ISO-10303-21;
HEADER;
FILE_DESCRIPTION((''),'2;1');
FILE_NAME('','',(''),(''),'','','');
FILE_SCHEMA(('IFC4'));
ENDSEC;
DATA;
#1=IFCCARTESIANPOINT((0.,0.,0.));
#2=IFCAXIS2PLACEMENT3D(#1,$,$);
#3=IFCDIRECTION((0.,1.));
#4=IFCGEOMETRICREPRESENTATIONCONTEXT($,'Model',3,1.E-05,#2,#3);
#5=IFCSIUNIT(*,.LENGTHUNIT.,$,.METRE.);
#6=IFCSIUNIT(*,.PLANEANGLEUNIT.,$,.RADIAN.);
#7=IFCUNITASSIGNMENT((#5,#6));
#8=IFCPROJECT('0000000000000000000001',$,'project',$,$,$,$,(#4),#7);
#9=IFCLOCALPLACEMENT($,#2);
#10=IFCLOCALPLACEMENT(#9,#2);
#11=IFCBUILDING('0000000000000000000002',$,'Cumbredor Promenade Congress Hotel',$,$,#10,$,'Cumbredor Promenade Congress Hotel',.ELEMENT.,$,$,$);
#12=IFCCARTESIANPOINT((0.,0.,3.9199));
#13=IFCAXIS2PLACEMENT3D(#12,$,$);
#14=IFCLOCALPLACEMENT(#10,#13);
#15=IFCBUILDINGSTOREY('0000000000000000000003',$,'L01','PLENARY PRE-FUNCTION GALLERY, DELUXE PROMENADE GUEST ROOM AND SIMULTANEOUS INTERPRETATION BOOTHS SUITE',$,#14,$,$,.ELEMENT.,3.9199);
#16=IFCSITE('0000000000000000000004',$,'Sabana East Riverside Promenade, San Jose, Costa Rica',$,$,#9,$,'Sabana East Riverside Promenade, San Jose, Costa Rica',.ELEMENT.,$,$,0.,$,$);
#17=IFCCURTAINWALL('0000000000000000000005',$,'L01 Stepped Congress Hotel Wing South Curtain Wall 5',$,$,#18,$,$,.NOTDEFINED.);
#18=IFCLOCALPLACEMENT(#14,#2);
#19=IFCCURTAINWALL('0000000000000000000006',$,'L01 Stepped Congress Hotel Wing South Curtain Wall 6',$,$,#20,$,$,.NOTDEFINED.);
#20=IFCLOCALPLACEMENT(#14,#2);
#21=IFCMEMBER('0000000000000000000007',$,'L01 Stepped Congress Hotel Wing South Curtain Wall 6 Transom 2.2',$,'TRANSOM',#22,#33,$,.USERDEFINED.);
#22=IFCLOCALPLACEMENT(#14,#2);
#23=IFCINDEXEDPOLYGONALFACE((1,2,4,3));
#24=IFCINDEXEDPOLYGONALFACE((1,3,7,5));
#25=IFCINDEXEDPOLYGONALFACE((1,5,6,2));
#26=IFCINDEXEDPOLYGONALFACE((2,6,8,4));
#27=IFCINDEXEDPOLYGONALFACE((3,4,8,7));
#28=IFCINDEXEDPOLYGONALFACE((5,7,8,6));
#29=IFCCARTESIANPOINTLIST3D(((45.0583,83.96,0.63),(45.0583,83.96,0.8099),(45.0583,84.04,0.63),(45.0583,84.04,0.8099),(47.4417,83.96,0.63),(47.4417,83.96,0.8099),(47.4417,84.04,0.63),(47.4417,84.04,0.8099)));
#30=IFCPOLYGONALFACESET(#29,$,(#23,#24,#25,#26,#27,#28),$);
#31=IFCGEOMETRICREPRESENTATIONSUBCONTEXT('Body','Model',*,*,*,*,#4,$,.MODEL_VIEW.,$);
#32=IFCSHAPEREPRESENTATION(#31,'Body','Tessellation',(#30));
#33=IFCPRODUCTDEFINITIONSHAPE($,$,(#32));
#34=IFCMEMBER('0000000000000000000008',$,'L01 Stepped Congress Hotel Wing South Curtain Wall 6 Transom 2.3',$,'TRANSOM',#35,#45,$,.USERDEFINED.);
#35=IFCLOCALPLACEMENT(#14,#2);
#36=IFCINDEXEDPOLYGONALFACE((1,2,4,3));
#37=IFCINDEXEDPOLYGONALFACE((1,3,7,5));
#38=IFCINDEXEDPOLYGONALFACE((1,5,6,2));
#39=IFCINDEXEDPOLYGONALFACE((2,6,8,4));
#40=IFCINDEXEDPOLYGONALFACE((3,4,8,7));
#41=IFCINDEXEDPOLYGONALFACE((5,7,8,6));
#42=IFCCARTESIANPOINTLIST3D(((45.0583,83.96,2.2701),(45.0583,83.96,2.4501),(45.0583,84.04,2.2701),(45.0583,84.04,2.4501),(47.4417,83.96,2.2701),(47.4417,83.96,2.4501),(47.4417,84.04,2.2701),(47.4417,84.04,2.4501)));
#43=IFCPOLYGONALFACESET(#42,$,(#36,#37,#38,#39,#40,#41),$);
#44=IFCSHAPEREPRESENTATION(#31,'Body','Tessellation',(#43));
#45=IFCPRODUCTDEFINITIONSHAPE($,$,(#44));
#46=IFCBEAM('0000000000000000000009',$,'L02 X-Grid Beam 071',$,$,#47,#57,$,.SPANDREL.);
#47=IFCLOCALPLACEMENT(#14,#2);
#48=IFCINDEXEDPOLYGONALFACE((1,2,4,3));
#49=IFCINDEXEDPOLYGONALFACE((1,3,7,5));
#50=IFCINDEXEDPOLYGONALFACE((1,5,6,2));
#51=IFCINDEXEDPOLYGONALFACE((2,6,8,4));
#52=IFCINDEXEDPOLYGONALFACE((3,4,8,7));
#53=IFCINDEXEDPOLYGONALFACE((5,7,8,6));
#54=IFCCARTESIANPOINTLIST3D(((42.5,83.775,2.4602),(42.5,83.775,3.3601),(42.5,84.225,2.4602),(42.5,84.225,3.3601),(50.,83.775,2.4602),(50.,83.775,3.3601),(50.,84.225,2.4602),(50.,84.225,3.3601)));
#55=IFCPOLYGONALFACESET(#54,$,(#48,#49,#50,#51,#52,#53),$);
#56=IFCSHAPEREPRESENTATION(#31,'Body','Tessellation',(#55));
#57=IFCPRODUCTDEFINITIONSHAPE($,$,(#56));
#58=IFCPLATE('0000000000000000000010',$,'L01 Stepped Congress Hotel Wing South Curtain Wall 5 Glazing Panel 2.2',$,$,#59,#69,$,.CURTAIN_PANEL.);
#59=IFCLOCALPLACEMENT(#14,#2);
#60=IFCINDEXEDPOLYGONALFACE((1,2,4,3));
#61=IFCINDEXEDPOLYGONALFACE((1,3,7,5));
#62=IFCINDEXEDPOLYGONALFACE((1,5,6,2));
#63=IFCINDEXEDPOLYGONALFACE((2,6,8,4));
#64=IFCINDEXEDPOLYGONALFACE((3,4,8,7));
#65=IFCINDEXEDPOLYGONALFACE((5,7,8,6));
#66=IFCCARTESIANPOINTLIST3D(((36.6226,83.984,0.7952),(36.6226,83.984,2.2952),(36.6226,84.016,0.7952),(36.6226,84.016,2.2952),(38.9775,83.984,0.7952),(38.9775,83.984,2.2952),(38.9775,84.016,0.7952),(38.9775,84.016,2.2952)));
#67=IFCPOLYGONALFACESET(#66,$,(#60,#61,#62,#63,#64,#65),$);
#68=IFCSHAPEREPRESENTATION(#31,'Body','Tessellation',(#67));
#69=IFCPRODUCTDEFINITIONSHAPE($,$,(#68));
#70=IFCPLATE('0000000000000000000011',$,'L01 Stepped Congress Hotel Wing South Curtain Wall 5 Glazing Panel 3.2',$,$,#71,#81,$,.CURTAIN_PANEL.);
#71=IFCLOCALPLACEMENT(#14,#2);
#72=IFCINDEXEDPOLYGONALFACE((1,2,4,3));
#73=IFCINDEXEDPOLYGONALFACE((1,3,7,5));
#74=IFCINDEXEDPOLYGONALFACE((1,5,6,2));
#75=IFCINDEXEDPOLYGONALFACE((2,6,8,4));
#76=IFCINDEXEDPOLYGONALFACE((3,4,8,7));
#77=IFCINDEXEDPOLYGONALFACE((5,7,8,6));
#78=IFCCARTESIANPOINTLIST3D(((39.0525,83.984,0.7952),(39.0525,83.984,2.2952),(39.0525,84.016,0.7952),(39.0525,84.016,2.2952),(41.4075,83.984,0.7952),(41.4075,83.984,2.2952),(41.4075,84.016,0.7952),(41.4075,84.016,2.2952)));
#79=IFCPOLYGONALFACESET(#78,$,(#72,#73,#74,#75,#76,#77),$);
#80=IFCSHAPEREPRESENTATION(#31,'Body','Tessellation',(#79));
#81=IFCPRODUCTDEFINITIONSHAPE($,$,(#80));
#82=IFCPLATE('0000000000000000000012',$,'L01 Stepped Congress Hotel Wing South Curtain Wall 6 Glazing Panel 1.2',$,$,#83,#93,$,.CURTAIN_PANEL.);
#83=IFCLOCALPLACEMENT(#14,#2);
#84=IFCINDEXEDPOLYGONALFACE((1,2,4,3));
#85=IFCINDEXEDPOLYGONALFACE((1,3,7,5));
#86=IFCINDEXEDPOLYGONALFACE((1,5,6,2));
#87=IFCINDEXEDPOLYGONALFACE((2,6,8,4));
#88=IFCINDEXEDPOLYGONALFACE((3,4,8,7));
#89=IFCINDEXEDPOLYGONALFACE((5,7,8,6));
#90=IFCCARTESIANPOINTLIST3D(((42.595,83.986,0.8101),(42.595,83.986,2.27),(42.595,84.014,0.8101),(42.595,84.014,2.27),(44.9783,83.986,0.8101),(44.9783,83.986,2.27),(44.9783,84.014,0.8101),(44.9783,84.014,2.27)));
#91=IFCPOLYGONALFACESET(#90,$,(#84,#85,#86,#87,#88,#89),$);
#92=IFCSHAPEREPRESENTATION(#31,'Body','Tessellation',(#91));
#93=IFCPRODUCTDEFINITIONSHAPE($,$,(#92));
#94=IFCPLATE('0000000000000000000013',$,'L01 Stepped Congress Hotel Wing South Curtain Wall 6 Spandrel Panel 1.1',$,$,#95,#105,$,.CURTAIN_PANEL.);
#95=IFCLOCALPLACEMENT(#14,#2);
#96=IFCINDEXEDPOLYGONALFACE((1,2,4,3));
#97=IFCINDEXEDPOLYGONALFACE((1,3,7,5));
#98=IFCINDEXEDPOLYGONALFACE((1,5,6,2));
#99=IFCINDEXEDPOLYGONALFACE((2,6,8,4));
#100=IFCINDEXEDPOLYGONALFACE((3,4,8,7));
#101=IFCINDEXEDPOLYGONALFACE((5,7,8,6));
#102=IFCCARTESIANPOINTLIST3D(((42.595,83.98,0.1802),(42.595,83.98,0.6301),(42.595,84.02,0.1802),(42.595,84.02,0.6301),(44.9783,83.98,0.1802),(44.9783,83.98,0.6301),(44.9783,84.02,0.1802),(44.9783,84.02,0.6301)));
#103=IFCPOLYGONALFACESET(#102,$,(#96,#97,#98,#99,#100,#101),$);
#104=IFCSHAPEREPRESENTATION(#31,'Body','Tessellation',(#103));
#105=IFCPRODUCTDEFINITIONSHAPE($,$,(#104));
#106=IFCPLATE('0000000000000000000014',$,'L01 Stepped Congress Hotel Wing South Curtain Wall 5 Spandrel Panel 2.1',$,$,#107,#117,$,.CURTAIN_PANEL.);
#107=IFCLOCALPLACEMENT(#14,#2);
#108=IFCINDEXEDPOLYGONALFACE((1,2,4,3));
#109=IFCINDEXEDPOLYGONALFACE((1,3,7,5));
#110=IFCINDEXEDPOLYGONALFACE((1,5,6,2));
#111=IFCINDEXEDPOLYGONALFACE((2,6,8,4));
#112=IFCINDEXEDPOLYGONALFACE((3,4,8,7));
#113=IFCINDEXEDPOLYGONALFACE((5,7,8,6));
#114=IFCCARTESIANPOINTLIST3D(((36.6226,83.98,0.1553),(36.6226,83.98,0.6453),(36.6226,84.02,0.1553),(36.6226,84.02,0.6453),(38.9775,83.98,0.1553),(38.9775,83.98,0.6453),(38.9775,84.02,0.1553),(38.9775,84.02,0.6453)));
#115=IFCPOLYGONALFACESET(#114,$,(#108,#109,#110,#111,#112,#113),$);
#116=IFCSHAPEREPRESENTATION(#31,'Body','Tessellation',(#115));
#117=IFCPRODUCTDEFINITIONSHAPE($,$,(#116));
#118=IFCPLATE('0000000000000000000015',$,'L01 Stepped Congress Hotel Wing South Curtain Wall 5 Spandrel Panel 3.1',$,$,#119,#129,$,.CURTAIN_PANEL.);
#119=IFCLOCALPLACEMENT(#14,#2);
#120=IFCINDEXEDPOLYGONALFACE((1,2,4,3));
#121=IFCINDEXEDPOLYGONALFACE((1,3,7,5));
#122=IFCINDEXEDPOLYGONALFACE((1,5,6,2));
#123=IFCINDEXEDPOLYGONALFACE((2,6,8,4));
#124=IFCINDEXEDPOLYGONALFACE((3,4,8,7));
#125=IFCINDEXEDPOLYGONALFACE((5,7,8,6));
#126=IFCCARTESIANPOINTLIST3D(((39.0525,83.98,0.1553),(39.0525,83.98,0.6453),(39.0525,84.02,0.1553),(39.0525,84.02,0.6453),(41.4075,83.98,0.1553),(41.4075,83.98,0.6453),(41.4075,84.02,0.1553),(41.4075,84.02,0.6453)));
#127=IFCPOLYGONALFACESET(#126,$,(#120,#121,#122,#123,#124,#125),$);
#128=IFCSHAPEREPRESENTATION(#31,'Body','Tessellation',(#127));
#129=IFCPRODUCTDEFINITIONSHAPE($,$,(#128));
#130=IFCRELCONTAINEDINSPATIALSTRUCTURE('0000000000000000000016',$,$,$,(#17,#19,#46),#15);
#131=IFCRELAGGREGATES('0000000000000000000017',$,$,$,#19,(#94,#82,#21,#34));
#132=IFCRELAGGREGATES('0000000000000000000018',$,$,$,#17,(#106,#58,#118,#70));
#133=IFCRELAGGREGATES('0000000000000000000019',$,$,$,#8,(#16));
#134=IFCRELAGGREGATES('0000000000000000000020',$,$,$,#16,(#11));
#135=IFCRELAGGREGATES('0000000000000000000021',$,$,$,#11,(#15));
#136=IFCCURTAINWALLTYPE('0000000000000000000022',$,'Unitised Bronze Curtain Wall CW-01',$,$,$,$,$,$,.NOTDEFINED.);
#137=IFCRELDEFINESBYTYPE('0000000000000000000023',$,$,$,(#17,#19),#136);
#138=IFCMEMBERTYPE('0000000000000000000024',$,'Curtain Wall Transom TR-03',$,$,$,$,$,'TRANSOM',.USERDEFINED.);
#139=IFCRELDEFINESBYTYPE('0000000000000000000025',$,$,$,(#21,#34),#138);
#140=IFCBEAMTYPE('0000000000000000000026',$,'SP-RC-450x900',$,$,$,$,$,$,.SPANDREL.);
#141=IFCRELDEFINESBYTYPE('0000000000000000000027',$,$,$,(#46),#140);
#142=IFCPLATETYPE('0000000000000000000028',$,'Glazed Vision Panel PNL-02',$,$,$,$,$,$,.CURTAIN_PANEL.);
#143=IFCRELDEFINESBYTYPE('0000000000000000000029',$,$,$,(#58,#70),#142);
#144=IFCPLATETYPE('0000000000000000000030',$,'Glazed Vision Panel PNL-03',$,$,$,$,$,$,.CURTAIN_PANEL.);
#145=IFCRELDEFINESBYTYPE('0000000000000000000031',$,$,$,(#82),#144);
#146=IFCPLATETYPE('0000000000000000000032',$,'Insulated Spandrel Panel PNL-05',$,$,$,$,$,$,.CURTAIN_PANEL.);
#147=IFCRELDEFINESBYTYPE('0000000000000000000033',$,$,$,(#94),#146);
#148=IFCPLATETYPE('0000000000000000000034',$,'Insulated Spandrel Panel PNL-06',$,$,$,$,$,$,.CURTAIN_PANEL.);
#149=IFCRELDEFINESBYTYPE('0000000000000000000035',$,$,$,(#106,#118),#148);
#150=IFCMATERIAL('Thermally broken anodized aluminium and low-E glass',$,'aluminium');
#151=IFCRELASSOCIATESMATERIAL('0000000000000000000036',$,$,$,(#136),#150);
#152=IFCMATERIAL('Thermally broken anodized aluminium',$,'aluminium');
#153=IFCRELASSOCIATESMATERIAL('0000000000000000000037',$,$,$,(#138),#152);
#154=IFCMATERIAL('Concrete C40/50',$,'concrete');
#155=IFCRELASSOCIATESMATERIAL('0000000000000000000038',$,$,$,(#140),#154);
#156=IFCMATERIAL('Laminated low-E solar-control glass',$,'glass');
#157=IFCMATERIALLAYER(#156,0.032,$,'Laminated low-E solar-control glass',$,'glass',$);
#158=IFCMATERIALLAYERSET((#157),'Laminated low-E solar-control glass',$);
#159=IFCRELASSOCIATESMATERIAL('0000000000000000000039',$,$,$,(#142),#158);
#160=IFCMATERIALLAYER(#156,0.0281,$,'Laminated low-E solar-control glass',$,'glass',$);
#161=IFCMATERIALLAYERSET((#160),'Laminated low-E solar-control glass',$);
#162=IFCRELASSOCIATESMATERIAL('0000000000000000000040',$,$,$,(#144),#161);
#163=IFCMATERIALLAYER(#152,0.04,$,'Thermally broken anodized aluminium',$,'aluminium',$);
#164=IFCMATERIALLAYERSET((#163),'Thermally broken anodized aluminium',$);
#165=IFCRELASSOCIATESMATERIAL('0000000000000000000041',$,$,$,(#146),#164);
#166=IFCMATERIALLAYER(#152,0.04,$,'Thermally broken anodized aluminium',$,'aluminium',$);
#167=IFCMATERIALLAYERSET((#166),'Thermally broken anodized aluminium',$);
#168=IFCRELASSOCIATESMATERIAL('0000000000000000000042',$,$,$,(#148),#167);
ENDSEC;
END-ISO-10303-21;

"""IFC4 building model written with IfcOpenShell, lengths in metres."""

from ifc_helpers import new_model, si_unit, direction, frame, origin, origin_2d, place, context, subcontext, project, spatial, rectangle, extrude, material, layer, layer_set, material_profile, profile_set, type_object, element, aggregate, save


model = new_model("IFC4")

# Units and contexts
model_context = context("Model", 3, precision=1e-05, world=origin(), true_north=direction((0.0, 1.0)))
body_context = subcontext(model_context, "Body", "Model", "MODEL_VIEW")
ifc_project = project(units=[si_unit("LENGTHUNIT", "METRE"), si_unit("PLANEANGLEUNIT", "RADIAN")], contexts=[model_context])

# Site, building, storey
site_placement = place(None, origin())
site = spatial("IfcSite", under=ifc_project, at=site_placement, Name="Sabana East Riverside Promenade, San Jose, Costa Rica", LongName="Sabana East Riverside Promenade, San Jose, Costa Rica", CompositionType="ELEMENT", RefElevation=0.0)
building_placement = place(site_placement, origin())
building = spatial("IfcBuilding", under=site, at=building_placement, Name="Cumbredor Promenade Congress Hotel", LongName="Cumbredor Promenade Congress Hotel", CompositionType="ELEMENT")
storey_placement = place(building_placement, frame((0.0, 0.0, 3.9199)))
storey = spatial("IfcBuildingStorey", under=building, at=storey_placement, Name="L01", Description="PLENARY PRE-FUNCTION GALLERY, DELUXE PROMENADE GUEST ROOM AND SIMULTANEOUS INTERPRETATION BOOTHS SUITE", CompositionType="ELEMENT", Elevation=3.9199)

# Curtain walls
ifc_material_1 = material(Name="Thermally broken anodized aluminium and low-E glass", Category="aluminium")
curtain_wall_type = type_object("IfcCurtainWallType", Name="Unitised Bronze Curtain Wall CW-01", PredefinedType="NOTDEFINED", material=ifc_material_1)
curtain_wall_1_placement = place(storey_placement, origin())
curtain_wall_1 = element("IfcCurtainWall", 1, at=curtain_wall_1_placement, inside=storey, type_object=curtain_wall_type, Name="L01 Stepped Congress Hotel Wing South Curtain Wall 5", PredefinedType="NOTDEFINED")
ifc_material_2 = material(Name="Thermally broken anodized aluminium", Category="aluminium")
curtain_wall_2_placement = place(storey_placement, origin())
curtain_wall_2 = element("IfcCurtainWall", 2, at=curtain_wall_2_placement, inside=storey, type_object=curtain_wall_type, Name="L01 Stepped Congress Hotel Wing South Curtain Wall 6", PredefinedType="NOTDEFINED")

# Members
ifc_material_profile_1 = material_profile(ifc_material_2, rectangle(XDim=0.0801, YDim=0.1799, at=origin_2d()), Name="ALU TRANSOM 80x180")
ifc_profile_set_1 = profile_set([ifc_material_profile_1], Name="Thermally broken anodized aluminium")
member_type_1 = type_object("IfcMemberType", Name="Curtain Wall Transom TR-03", ElementType="TRANSOM", PredefinedType="USERDEFINED", material=ifc_profile_set_1)
member_1_placement = place(storey_placement, frame((45.0583, 84.0, 0.72), z_axis=(1.0, 0.0, 0.0), x_axis=(0.0, 1.0, 0.0)))
member_1 = element("IfcMember", 3, at=member_1_placement, type_object=member_type_1, Name="L01 Stepped Congress Hotel Wing South Curtain Wall 6 Transom 2.2", ObjectType="TRANSOM", PredefinedType="USERDEFINED", context=body_context, shape_type="SweptSolid", body=[
    extrude(rectangle(XDim=0.0801, YDim=0.1799, at=origin_2d()), origin(), (0.0, 0.0, 1.0), 2.3833),
])
member_2_placement = place(storey_placement, frame((45.0583, 84.0, 2.3601), z_axis=(1.0, 0.0, 0.0), x_axis=(0.0, 1.0, 0.0)))
member_2 = element("IfcMember", 4, at=member_2_placement, type_object=member_type_1, Name="L01 Stepped Congress Hotel Wing South Curtain Wall 6 Transom 2.3", ObjectType="TRANSOM", PredefinedType="USERDEFINED", context=body_context, shape_type="SweptSolid", body=[
    extrude(rectangle(XDim=0.0801, YDim=0.1799, at=origin_2d()), origin(), (0.0, 0.0, 1.0), 2.3833),
])

# Beam
ifc_material_3 = material(Name="Concrete C40/50", Category="concrete")
ifc_material_profile_2 = material_profile(ifc_material_3, rectangle(XDim=0.45, YDim=0.8999, at=origin_2d()), Name="RC SPANDREL 450x900")
ifc_profile_set_2 = profile_set([ifc_material_profile_2], Name="Concrete C40/50")
beam_type = type_object("IfcBeamType", Name="SP-RC-450x900", PredefinedType="SPANDREL", material=ifc_profile_set_2)
beam_placement = place(storey_placement, frame((42.5, 84.0, 2.9102), z_axis=(1.0, 0.0, 0.0), x_axis=(0.0, 1.0, 0.0)))
element("IfcBeam", 5, at=beam_placement, inside=storey, type_object=beam_type, Name="L02 X-Grid Beam 071", PredefinedType="SPANDREL", context=body_context, shape_type="SweptSolid", body=[
    extrude(rectangle(XDim=0.45, YDim=0.8999, at=origin_2d()), origin(), (0.0, 0.0, 1.0), 7.5),
])

# Plates
ifc_material_4 = material(Name="Laminated low-E solar-control glass", Category="glass")
ifc_layer_1 = layer(ifc_material_4, 0.032, Name="Laminated low-E solar-control glass", Category="glass")
ifc_layer_set_1 = layer_set([ifc_layer_1], Name="Laminated low-E solar-control glass")
plate_type_1 = type_object("IfcPlateType", Name="Glazed Vision Panel PNL-02", PredefinedType="CURTAIN_PANEL", material=ifc_layer_set_1)
plate_1_placement = place(storey_placement, frame((37.8, 84.0, 0.7952), z_axis=(0.0, 0.0, 1.0), x_axis=(1.0, 0.0, 0.0)))
plate_1 = element("IfcPlate", 6, at=plate_1_placement, type_object=plate_type_1, Name="L01 Stepped Congress Hotel Wing South Curtain Wall 5 Glazing Panel 2.2", PredefinedType="CURTAIN_PANEL", context=body_context, shape_type="SweptSolid", body=[
    extrude(rectangle(XDim=2.355, YDim=0.032, at=origin_2d()), origin(), (0.0, 0.0, 1.0), 1.5),
])
plate_2_placement = place(storey_placement, frame((40.23, 84.0, 0.7952), z_axis=(0.0, 0.0, 1.0), x_axis=(1.0, 0.0, 0.0)))
plate_2 = element("IfcPlate", 7, at=plate_2_placement, type_object=plate_type_1, Name="L01 Stepped Congress Hotel Wing South Curtain Wall 5 Glazing Panel 3.2", PredefinedType="CURTAIN_PANEL", context=body_context, shape_type="SweptSolid", body=[
    extrude(rectangle(XDim=2.355, YDim=0.032, at=origin_2d()), origin(), (0.0, 0.0, 1.0), 1.5),
])
ifc_layer_2 = layer(ifc_material_4, 0.0281, Name="Laminated low-E solar-control glass", Category="glass")
ifc_layer_set_2 = layer_set([ifc_layer_2], Name="Laminated low-E solar-control glass")
plate_type_2 = type_object("IfcPlateType", Name="Glazed Vision Panel PNL-03", PredefinedType="CURTAIN_PANEL", material=ifc_layer_set_2)
plate_3_placement = place(storey_placement, frame((43.7866, 84.0, 0.8101), z_axis=(0.0, 0.0, 1.0), x_axis=(1.0, 0.0, 0.0)))
plate_3 = element("IfcPlate", 8, at=plate_3_placement, type_object=plate_type_2, Name="L01 Stepped Congress Hotel Wing South Curtain Wall 6 Glazing Panel 1.2", PredefinedType="CURTAIN_PANEL", context=body_context, shape_type="SweptSolid", body=[
    extrude(rectangle(XDim=2.3833, YDim=0.0281, at=origin_2d()), origin(), (0.0, 0.0, 1.0), 1.46),
])
ifc_layer_3 = layer(ifc_material_2, 0.04, Name="Thermally broken anodized aluminium", Category="aluminium")
ifc_layer_set_3 = layer_set([ifc_layer_3], Name="Thermally broken anodized aluminium")
plate_type_3 = type_object("IfcPlateType", Name="Insulated Spandrel Panel PNL-05", PredefinedType="CURTAIN_PANEL", material=ifc_layer_set_3)
plate_4_placement = place(storey_placement, frame((43.7866, 84.0, 0.1802), z_axis=(0.0, 0.0, 1.0), x_axis=(1.0, 0.0, 0.0)))
plate_4 = element("IfcPlate", 9, at=plate_4_placement, type_object=plate_type_3, Name="L01 Stepped Congress Hotel Wing South Curtain Wall 6 Spandrel Panel 1.1", PredefinedType="CURTAIN_PANEL", context=body_context, shape_type="SweptSolid", body=[
    extrude(rectangle(XDim=2.3833, YDim=0.04, at=origin_2d()), origin(), (0.0, 0.0, 1.0), 0.45),
])
aggregate(curtain_wall_2, [plate_4, plate_3, member_1, member_2])
ifc_layer_4 = layer(ifc_material_2, 0.04, Name="Thermally broken anodized aluminium", Category="aluminium")
ifc_layer_set_4 = layer_set([ifc_layer_4], Name="Thermally broken anodized aluminium")
plate_type_4 = type_object("IfcPlateType", Name="Insulated Spandrel Panel PNL-06", PredefinedType="CURTAIN_PANEL", material=ifc_layer_set_4)
plate_5_placement = place(storey_placement, frame((37.8, 84.0, 0.1553), z_axis=(0.0, 0.0, 1.0), x_axis=(1.0, 0.0, 0.0)))
plate_5 = element("IfcPlate", 10, at=plate_5_placement, type_object=plate_type_4, Name="L01 Stepped Congress Hotel Wing South Curtain Wall 5 Spandrel Panel 2.1", PredefinedType="CURTAIN_PANEL", context=body_context, shape_type="SweptSolid", body=[
    extrude(rectangle(XDim=2.355, YDim=0.04, at=origin_2d()), origin(), (0.0, 0.0, 1.0), 0.49),
])
plate_6_placement = place(storey_placement, frame((40.23, 84.0, 0.1553), z_axis=(0.0, 0.0, 1.0), x_axis=(1.0, 0.0, 0.0)))
plate_6 = element("IfcPlate", 11, at=plate_6_placement, type_object=plate_type_4, Name="L01 Stepped Congress Hotel Wing South Curtain Wall 5 Spandrel Panel 3.1", PredefinedType="CURTAIN_PANEL", context=body_context, shape_type="SweptSolid", body=[
    extrude(rectangle(XDim=2.355, YDim=0.04, at=origin_2d()), origin(), (0.0, 0.0, 1.0), 0.49),
])
aggregate(curtain_wall_1, [plate_5, plate_1, plate_6, plate_2])

save(model, "model.ifc")
